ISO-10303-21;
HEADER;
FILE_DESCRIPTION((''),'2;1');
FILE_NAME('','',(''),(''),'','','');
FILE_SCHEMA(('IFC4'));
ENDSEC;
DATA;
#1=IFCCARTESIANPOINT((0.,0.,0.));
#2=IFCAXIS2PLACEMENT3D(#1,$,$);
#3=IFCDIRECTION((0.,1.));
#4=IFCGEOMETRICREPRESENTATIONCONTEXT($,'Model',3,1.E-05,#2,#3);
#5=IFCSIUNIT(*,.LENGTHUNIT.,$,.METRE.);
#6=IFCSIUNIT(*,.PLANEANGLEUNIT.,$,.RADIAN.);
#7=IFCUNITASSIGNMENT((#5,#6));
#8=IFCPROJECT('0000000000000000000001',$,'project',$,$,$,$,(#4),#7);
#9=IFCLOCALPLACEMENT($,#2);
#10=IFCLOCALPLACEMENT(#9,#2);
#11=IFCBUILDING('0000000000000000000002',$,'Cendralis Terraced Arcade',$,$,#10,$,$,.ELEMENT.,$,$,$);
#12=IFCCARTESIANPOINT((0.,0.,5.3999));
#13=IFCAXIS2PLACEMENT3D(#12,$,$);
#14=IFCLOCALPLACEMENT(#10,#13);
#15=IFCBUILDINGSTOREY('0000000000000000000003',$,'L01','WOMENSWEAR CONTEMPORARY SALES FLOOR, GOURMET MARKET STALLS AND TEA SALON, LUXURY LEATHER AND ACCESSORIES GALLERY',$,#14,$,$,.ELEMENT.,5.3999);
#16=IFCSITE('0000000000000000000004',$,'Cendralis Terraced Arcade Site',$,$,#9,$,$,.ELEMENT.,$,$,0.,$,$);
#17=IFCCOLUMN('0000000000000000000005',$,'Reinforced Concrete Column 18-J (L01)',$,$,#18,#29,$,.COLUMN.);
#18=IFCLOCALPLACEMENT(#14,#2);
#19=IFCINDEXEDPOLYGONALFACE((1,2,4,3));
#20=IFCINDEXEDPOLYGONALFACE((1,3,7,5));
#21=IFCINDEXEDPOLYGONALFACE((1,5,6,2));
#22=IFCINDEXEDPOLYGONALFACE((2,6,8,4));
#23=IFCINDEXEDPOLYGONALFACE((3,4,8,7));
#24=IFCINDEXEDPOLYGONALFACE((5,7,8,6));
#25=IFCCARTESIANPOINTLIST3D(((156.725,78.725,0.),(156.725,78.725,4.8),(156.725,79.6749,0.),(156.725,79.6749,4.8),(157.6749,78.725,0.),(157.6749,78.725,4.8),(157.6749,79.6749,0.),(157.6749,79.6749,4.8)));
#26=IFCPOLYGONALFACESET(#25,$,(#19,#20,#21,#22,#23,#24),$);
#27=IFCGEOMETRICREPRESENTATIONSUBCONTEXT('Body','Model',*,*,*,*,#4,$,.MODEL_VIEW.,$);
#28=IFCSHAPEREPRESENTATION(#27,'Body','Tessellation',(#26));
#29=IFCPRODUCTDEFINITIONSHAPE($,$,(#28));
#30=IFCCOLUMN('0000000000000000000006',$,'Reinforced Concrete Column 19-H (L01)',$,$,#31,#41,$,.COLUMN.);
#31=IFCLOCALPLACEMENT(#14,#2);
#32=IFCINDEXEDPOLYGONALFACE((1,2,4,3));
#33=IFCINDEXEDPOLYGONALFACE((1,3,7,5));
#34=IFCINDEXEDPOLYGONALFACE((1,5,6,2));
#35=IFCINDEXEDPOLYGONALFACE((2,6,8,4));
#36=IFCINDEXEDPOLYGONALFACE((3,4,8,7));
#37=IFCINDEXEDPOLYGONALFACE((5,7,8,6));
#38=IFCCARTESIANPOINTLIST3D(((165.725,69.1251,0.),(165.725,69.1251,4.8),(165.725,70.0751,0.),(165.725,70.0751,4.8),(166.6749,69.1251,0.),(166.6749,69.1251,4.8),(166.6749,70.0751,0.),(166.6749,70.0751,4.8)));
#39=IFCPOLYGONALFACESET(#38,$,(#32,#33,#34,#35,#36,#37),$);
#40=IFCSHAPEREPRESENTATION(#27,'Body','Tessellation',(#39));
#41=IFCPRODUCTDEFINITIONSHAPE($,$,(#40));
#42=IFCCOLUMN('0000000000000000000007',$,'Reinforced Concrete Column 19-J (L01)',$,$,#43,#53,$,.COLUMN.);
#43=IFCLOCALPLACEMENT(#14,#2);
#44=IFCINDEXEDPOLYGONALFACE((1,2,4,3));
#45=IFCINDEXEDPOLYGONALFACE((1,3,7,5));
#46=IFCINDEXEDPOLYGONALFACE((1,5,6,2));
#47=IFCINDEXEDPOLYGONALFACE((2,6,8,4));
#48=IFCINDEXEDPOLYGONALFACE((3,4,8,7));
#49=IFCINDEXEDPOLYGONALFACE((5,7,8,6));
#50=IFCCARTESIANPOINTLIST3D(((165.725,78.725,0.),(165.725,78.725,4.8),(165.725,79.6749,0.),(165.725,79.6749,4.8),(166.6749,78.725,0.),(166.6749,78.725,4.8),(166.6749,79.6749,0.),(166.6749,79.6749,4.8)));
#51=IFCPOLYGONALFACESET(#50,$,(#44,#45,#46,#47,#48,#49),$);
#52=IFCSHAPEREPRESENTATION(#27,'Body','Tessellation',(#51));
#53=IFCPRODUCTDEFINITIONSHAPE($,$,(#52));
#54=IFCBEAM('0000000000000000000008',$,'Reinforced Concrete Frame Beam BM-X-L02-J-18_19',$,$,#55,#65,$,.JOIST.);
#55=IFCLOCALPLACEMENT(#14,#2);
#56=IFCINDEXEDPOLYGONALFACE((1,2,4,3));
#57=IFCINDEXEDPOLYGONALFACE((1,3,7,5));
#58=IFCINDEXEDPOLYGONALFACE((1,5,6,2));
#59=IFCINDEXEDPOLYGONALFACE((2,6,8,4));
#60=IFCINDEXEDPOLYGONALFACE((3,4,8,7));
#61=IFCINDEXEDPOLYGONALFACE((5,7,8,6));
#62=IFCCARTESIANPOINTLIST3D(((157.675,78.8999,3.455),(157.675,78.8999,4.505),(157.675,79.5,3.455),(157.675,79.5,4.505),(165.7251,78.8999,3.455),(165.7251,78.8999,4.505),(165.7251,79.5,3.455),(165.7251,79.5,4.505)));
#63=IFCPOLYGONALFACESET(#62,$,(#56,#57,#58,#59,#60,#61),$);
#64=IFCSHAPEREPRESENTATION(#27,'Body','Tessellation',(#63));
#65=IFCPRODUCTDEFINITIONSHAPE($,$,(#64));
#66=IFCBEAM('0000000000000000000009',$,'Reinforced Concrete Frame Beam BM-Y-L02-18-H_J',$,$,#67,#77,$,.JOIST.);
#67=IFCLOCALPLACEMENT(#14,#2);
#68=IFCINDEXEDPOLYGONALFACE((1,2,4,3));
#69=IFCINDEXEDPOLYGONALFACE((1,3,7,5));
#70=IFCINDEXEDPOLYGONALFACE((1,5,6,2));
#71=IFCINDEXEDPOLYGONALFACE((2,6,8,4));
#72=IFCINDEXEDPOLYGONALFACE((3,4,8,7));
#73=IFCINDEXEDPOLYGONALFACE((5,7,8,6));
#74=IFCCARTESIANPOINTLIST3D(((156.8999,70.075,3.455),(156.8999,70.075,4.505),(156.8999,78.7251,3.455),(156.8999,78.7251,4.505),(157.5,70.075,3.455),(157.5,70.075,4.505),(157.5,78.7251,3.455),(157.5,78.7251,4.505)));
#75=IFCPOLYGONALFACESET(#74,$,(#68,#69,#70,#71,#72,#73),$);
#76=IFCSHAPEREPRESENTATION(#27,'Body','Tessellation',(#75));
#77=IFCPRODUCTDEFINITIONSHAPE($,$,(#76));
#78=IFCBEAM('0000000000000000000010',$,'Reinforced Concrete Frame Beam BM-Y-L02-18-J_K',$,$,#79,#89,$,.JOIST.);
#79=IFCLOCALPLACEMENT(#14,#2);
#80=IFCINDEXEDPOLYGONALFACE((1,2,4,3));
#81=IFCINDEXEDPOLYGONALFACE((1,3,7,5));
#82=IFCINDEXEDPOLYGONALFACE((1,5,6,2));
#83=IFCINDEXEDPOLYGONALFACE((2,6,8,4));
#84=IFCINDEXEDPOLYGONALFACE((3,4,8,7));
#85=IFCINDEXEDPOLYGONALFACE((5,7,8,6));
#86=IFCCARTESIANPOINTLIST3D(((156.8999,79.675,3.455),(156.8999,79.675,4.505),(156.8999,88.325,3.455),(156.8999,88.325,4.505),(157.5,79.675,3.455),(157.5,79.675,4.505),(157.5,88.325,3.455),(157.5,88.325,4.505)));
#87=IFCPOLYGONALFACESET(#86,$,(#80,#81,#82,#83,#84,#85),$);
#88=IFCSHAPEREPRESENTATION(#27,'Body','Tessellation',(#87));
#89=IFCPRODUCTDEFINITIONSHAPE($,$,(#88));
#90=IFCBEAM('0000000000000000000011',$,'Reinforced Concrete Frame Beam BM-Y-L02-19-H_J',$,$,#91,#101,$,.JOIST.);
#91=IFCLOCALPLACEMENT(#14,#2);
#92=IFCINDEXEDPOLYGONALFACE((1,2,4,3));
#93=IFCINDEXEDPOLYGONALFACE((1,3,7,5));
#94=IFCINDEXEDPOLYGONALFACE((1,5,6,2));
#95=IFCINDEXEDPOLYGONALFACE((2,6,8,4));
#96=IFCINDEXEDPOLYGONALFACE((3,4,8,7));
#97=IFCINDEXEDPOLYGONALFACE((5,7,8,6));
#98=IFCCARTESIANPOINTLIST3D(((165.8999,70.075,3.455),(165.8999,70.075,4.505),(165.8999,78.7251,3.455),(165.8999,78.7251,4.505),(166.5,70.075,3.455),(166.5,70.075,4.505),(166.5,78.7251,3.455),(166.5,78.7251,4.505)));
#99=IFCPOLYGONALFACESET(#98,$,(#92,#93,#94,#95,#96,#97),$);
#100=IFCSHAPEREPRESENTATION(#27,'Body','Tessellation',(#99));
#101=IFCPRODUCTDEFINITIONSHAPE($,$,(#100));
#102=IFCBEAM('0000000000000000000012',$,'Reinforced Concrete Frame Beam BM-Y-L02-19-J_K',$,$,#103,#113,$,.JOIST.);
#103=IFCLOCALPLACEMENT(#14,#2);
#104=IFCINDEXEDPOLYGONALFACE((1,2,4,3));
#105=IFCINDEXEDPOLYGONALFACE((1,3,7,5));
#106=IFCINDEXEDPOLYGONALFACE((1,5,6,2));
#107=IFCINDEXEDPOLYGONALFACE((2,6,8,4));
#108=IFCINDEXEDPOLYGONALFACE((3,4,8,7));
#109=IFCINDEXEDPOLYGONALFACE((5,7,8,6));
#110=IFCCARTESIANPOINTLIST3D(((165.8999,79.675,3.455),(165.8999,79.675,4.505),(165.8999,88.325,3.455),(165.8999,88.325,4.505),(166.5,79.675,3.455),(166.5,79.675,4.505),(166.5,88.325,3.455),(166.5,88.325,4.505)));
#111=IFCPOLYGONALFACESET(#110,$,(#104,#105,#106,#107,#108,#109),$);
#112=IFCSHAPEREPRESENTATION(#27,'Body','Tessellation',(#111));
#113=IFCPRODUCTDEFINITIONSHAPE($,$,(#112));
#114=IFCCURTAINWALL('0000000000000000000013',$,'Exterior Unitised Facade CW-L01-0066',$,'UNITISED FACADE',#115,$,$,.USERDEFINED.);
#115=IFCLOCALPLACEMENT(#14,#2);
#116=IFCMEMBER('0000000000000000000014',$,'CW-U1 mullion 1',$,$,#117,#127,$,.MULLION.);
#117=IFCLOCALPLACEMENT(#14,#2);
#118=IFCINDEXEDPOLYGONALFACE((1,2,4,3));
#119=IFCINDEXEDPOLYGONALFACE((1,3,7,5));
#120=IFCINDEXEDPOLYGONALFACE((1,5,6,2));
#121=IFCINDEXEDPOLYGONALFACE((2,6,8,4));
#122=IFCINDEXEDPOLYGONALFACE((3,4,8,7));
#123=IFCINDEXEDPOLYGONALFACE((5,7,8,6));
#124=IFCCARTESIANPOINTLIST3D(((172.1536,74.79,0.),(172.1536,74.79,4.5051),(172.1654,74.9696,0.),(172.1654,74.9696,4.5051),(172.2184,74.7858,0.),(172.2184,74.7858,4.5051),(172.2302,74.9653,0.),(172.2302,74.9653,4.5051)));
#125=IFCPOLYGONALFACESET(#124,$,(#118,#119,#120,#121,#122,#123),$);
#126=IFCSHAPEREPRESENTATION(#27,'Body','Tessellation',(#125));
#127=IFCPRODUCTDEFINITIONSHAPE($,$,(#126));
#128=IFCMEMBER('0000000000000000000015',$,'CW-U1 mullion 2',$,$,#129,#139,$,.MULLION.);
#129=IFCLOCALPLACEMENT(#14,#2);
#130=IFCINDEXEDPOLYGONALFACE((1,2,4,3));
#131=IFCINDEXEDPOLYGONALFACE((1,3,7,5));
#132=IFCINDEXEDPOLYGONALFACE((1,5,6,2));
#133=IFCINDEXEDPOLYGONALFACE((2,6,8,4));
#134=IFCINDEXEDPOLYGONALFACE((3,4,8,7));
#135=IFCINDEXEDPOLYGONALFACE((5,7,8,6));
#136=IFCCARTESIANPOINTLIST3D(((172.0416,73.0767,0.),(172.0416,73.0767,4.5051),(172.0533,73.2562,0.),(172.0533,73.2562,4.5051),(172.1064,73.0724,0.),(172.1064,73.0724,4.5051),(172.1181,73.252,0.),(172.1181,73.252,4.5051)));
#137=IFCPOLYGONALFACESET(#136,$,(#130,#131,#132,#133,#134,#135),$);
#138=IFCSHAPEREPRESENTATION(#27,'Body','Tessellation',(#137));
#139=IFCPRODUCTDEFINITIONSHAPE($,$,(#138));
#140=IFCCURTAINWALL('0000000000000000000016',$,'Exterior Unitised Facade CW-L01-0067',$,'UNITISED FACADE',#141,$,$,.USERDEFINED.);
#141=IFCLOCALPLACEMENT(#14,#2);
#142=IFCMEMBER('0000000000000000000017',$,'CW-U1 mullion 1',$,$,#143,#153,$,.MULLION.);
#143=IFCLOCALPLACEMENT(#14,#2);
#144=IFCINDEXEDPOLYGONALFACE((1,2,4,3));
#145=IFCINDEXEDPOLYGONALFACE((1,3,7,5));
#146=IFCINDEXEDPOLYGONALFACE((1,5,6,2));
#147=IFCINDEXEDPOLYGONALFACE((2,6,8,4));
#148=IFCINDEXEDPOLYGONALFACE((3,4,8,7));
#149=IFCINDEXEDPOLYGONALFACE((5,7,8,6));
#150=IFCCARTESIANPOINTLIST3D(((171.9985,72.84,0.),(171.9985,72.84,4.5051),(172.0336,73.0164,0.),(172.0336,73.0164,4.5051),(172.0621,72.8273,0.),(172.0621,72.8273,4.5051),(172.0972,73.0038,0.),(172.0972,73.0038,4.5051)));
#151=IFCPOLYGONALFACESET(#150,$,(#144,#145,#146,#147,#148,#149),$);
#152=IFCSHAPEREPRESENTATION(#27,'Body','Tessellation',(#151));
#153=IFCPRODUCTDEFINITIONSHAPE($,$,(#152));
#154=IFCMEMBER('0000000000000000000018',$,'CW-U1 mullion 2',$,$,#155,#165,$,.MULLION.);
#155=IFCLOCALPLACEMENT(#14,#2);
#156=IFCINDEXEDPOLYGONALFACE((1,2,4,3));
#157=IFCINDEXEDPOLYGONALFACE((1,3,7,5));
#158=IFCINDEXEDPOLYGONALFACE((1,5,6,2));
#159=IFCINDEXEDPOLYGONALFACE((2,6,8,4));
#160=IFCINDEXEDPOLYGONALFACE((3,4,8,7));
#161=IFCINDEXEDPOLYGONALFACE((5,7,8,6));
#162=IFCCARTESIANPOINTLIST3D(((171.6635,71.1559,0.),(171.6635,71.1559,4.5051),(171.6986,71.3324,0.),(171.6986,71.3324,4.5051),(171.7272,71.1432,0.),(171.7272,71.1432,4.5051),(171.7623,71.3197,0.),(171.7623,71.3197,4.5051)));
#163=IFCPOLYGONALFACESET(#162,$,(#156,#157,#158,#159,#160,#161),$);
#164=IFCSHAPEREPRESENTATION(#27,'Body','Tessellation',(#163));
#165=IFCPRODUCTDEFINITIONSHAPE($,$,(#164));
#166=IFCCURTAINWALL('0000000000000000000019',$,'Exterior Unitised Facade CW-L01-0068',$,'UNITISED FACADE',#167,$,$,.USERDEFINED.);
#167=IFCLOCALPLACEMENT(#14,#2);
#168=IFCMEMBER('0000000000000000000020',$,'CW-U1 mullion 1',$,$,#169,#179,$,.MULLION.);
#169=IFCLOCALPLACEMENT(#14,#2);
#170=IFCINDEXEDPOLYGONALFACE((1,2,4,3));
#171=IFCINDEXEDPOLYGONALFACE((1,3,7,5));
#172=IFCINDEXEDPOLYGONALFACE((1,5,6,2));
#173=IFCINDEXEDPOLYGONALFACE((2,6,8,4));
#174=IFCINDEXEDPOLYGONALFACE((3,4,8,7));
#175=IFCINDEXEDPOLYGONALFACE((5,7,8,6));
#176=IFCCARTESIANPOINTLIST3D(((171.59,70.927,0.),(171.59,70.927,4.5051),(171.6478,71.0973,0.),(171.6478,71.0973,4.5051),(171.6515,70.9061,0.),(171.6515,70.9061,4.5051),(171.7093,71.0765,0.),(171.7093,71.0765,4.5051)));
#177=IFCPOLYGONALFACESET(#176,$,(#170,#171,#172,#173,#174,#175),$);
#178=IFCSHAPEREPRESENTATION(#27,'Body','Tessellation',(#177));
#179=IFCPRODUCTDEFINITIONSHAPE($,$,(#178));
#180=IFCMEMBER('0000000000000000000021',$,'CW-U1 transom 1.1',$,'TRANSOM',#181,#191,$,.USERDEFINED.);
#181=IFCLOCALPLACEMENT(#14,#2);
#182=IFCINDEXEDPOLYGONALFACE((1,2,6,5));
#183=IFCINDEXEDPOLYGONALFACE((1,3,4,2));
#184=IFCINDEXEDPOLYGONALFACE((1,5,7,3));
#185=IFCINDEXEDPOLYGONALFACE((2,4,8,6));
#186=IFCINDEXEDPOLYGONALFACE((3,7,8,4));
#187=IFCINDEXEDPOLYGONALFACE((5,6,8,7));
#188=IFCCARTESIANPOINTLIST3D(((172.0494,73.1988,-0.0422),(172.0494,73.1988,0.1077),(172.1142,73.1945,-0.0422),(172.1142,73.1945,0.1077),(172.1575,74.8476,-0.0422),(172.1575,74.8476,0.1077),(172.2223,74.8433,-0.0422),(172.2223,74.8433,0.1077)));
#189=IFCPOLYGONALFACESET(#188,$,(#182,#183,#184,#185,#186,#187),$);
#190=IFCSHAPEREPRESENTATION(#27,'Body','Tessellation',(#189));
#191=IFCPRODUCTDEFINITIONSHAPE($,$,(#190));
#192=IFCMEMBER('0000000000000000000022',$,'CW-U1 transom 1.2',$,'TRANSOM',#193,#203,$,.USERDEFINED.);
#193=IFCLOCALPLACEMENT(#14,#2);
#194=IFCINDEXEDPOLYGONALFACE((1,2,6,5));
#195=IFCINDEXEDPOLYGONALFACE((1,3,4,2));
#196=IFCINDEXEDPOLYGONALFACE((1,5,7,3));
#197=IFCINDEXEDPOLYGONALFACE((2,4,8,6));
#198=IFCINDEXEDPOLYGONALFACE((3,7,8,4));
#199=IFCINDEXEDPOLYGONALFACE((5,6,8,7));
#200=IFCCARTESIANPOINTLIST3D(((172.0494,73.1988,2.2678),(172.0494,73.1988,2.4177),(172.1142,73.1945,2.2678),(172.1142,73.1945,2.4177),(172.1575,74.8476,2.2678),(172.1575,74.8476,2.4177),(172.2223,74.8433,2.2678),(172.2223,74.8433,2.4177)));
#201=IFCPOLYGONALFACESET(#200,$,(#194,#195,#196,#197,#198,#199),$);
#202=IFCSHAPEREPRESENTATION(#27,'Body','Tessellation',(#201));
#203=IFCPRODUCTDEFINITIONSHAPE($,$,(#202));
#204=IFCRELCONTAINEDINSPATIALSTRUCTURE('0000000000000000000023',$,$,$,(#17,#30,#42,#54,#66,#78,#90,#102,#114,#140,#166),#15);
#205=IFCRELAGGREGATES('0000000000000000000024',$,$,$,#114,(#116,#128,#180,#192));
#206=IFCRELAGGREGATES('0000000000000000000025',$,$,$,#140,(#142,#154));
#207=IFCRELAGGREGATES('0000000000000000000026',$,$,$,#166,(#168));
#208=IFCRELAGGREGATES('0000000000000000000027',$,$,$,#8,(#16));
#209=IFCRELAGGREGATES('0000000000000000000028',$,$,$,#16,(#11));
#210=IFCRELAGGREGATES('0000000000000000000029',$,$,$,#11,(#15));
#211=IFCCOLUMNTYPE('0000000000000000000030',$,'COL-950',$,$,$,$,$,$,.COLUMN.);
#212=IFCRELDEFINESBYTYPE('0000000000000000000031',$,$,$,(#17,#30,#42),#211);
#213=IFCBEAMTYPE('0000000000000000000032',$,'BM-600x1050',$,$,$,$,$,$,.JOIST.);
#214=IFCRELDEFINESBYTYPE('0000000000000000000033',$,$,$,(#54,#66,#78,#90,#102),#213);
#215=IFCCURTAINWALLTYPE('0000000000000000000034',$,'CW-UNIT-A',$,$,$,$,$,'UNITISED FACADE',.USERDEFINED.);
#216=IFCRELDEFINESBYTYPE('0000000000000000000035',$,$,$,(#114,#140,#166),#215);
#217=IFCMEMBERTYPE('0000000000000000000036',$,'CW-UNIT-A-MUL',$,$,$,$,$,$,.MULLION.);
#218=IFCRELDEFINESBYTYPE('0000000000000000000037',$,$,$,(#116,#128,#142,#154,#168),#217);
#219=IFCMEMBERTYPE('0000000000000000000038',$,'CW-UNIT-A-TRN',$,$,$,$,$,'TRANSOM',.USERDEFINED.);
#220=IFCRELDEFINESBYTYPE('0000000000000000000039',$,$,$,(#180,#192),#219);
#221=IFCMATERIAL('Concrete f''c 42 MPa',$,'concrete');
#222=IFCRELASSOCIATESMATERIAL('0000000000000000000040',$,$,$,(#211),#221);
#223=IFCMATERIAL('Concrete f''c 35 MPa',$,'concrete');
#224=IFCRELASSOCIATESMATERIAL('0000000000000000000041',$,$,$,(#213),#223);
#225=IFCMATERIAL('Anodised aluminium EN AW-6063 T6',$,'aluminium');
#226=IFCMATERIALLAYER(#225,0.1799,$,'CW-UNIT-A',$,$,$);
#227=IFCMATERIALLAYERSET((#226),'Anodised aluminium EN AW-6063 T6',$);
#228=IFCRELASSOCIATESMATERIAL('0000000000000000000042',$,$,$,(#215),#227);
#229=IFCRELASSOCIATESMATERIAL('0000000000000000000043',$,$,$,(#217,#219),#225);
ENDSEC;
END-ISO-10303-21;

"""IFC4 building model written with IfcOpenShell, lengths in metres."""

from ifc_helpers import new_model, si_unit, direction, frame, origin, origin_2d, place, context, subcontext, project, spatial, rectangle, extrude, material, layer, layer_set, material_profile, profile_set, type_object, element, aggregate, save


model = new_model("IFC4")

# Units and contexts
model_context = context("Model", 3, precision=1e-05, world=origin(), true_north=direction((0.0, 1.0)))
body_context = subcontext(model_context, "Body", "Model", "MODEL_VIEW")
ifc_project = project(units=[si_unit("LENGTHUNIT", "METRE"), si_unit("PLANEANGLEUNIT", "RADIAN")], contexts=[model_context])

# Site, building, storey
site_placement = place(None, origin())
site = spatial("IfcSite", under=ifc_project, at=site_placement, Name="Cendralis Terraced Arcade Site", CompositionType="ELEMENT", RefElevation=0.0)
building_placement = place(site_placement, origin())
building = spatial("IfcBuilding", under=site, at=building_placement, Name="Cendralis Terraced Arcade", CompositionType="ELEMENT")
storey_placement = place(building_placement, frame((0.0, 0.0, 5.3999)))
storey = spatial("IfcBuildingStorey", under=building, at=storey_placement, Name="L01", Description="WOMENSWEAR CONTEMPORARY SALES FLOOR, GOURMET MARKET STALLS AND TEA SALON, LUXURY LEATHER AND ACCESSORIES GALLERY", CompositionType="ELEMENT", Elevation=5.3999)

# Columns
ifc_material_1 = material(Name="Concrete f'c 42 MPa", Category="concrete")
ifc_material_profile_1 = material_profile(ifc_material_1, rectangle(XDim=0.95, YDim=0.95, at=origin_2d()), Name="RC-COL-950x950", Category="LoadBearing")
ifc_profile_set_1 = profile_set([ifc_material_profile_1], Name="Concrete f'c 42 MPa")
column_type = type_object("IfcColumnType", Name="COL-950", PredefinedType="COLUMN", material=ifc_profile_set_1)
for number, where, z_axis, x_axis, name in (
    (1, (157.2, 79.2, 0.0), (0.0, 0.0, 1.0), (1.0, 0.0, 0.0), "Reinforced Concrete Column 18-J (L01)"),
    (2, (166.2, 69.6001, 0.0), (0.0, 0.0, 1.0), (1.0, 0.0, 0.0), "Reinforced Concrete Column 19-H (L01)"),
    (3, (166.2, 79.2, 0.0), (0.0, 0.0, 1.0), (1.0, 0.0, 0.0), "Reinforced Concrete Column 19-J (L01)"),
):
    element("IfcColumn", number, at=place(storey_placement, frame(where, z_axis=z_axis, x_axis=x_axis)), inside=storey, type_object=column_type, Name=name, PredefinedType="COLUMN", context=body_context, shape_type="SweptSolid", body=[
        extrude(rectangle(XDim=0.95, YDim=0.95, at=origin_2d()), origin(), (0.0, 0.0, 1.0), 4.8),
    ])

# Beams
ifc_material_2 = material(Name="Concrete f'c 35 MPa", Category="concrete")
ifc_material_profile_2 = material_profile(ifc_material_2, rectangle(XDim=0.6001, YDim=1.05, at=origin_2d()), Name="RC-BM-600x1050", Category="LoadBearing")
ifc_profile_set_2 = profile_set([ifc_material_profile_2], Name="Concrete f'c 35 MPa")
beam_type = type_object("IfcBeamType", Name="BM-600x1050", PredefinedType="JOIST", material=ifc_profile_set_2)
beam_1_placement = place(storey_placement, frame((157.675, 79.2, 3.98), z_axis=(1.0, 0.0, 0.0), x_axis=(0.0, 1.0, 0.0)))
element("IfcBeam", 4, at=beam_1_placement, inside=storey, type_object=beam_type, Name="Reinforced Concrete Frame Beam BM-X-L02-J-18_19", PredefinedType="JOIST", context=body_context, shape_type="SweptSolid", body=[
    extrude(rectangle(XDim=0.6001, YDim=1.05, at=origin_2d()), origin(), (0.0, 0.0, 1.0), 8.05),
])
beam_2_placement = place(storey_placement, frame((157.2, 70.075, 3.98), z_axis=(0.0, 1.0, 0.0), x_axis=(-1.0, 0.0, 0.0)))
element("IfcBeam", 5, at=beam_2_placement, inside=storey, type_object=beam_type, Name="Reinforced Concrete Frame Beam BM-Y-L02-18-H_J", PredefinedType="JOIST", context=body_context, shape_type="SweptSolid", body=[
    extrude(rectangle(XDim=0.6001, YDim=1.05, at=origin_2d()), origin(), (0.0, 0.0, 1.0), 8.6501),
])
beam_3_placement = place(storey_placement, frame((157.2, 79.675, 3.98), z_axis=(0.0, 1.0, 0.0), x_axis=(-1.0, 0.0, 0.0)))
element("IfcBeam", 6, at=beam_3_placement, inside=storey, type_object=beam_type, Name="Reinforced Concrete Frame Beam BM-Y-L02-18-J_K", PredefinedType="JOIST", context=body_context, shape_type="SweptSolid", body=[
    extrude(rectangle(XDim=0.6001, YDim=1.05, at=origin_2d()), origin(), (0.0, 0.0, 1.0), 8.6499),
])
beam_4_placement = place(storey_placement, frame((166.2, 70.075, 3.98), z_axis=(0.0, 1.0, 0.0), x_axis=(-1.0, 0.0, 0.0)))
element("IfcBeam", 7, at=beam_4_placement, inside=storey, type_object=beam_type, Name="Reinforced Concrete Frame Beam BM-Y-L02-19-H_J", PredefinedType="JOIST", context=body_context, shape_type="SweptSolid", body=[
    extrude(rectangle(XDim=0.6001, YDim=1.05, at=origin_2d()), origin(), (0.0, 0.0, 1.0), 8.6501),
])
beam_5_placement = place(storey_placement, frame((166.2, 79.675, 3.98), z_axis=(0.0, 1.0, 0.0), x_axis=(-1.0, 0.0, 0.0)))
element("IfcBeam", 8, at=beam_5_placement, inside=storey, type_object=beam_type, Name="Reinforced Concrete Frame Beam BM-Y-L02-19-J_K", PredefinedType="JOIST", context=body_context, shape_type="SweptSolid", body=[
    extrude(rectangle(XDim=0.6001, YDim=1.05, at=origin_2d()), origin(), (0.0, 0.0, 1.0), 8.6499),
])

# Curtain walls, members
ifc_material_3 = material(Name="Anodised aluminium EN AW-6063 T6", Category="aluminium")
ifc_layer_1 = layer(ifc_material_3, 0.1799, Name="CW-UNIT-A")
ifc_layer_set_1 = layer_set([ifc_layer_1], Name="Anodised aluminium EN AW-6063 T6")
curtain_wall_type = type_object("IfcCurtainWallType", Name="CW-UNIT-A", ElementType="UNITISED FACADE", PredefinedType="USERDEFINED", material=ifc_layer_set_1)
curtain_wall_1_placement = place(storey_placement, origin())
curtain_wall_1 = element("IfcCurtainWall", 9, at=curtain_wall_1_placement, inside=storey, type_object=curtain_wall_type, Name="Exterior Unitised Facade CW-L01-0066", ObjectType="UNITISED FACADE", PredefinedType="USERDEFINED")
ifc_material_profile_3 = material_profile(ifc_material_3, rectangle(XDim=0.0649, YDim=0.1799, at=origin_2d()), Name="ALU-MUL-65x180")
ifc_profile_set_3 = profile_set([ifc_material_profile_3], Name="Anodised aluminium EN AW-6063 T6")
member_type_1 = type_object("IfcMemberType", Name="CW-UNIT-A-MUL", PredefinedType="MULLION", material=ifc_profile_set_3)
member_1_placement = place(storey_placement, frame((172.1919, 74.8777, 0.0), z_axis=(0.0, 0.0, 1.0), x_axis=(0.997861, -0.065372, 0.0)))
member_1 = element("IfcMember", 10, at=member_1_placement, type_object=member_type_1, Name="CW-U1 mullion 1", PredefinedType="MULLION", context=body_context, shape_type="SweptSolid", body=[
    extrude(rectangle(XDim=0.0649, YDim=0.1799, at=origin_2d()), origin(), (0.0, 0.0, 1.0), 4.5051),
])
member_2_placement = place(storey_placement, frame((172.0798, 73.1643, 0.0), z_axis=(0.0, 0.0, 1.0), x_axis=(0.997861, -0.065372, 0.0)))
member_2 = element("IfcMember", 11, at=member_2_placement, type_object=member_type_1, Name="CW-U1 mullion 2", PredefinedType="MULLION", context=body_context, shape_type="SweptSolid", body=[
    extrude(rectangle(XDim=0.0649, YDim=0.1799, at=origin_2d()), origin(), (0.0, 0.0, 1.0), 4.5051),
])
curtain_wall_2_placement = place(storey_placement, origin())
curtain_wall_2 = element("IfcCurtainWall", 12, at=curtain_wall_2_placement, inside=storey, type_object=curtain_wall_type, Name="Exterior Unitised Facade CW-L01-0067", ObjectType="UNITISED FACADE", PredefinedType="USERDEFINED")
member_3_placement = place(storey_placement, frame((172.0479, 72.9219, 0.0), z_axis=(0.0, 0.0, 1.0), x_axis=(0.980792, -0.195058, 0.0)))
member_3 = element("IfcMember", 13, at=member_3_placement, type_object=member_type_1, Name="CW-U1 mullion 1", PredefinedType="MULLION", context=body_context, shape_type="SweptSolid", body=[
    extrude(rectangle(XDim=0.0649, YDim=0.1799, at=origin_2d()), origin(), (0.0, 0.0, 1.0), 4.5051),
])
member_4_placement = place(storey_placement, frame((171.7129, 71.2378, 0.0), z_axis=(0.0, 0.0, 1.0), x_axis=(0.980792, -0.195058, 0.0)))
member_4 = element("IfcMember", 14, at=member_4_placement, type_object=member_type_1, Name="CW-U1 mullion 2", PredefinedType="MULLION", context=body_context, shape_type="SweptSolid", body=[
    extrude(rectangle(XDim=0.0649, YDim=0.1799, at=origin_2d()), origin(), (0.0, 0.0, 1.0), 4.5051),
])

# Curtain wall, member
curtain_wall_3_placement = place(storey_placement, origin())
curtain_wall_3 = element("IfcCurtainWall", 15, at=curtain_wall_3_placement, inside=storey, type_object=curtain_wall_type, Name="Exterior Unitised Facade CW-L01-0068", ObjectType="UNITISED FACADE", PredefinedType="USERDEFINED")
member_5_placement = place(storey_placement, frame((171.6497, 71.0017, 0.0), z_axis=(0.0, 0.0, 1.0), x_axis=(0.946924, -0.321458, 0.0)))
member_5 = element("IfcMember", 16, at=member_5_placement, type_object=member_type_1, Name="CW-U1 mullion 1", PredefinedType="MULLION", context=body_context, shape_type="SweptSolid", body=[
    extrude(rectangle(XDim=0.0649, YDim=0.1799, at=origin_2d()), origin(), (0.0, 0.0, 1.0), 4.5051),
])

# Members
ifc_material_profile_4 = material_profile(ifc_material_3, rectangle(XDim=0.0649, YDim=0.1499, at=origin_2d()), Name="ALU-TRN-65x150")
ifc_profile_set_4 = profile_set([ifc_material_profile_4], Name="Anodised aluminium EN AW-6063 T6")
member_type_2 = type_object("IfcMemberType", Name="CW-UNIT-A-TRN", ElementType="TRANSOM", PredefinedType="USERDEFINED", material=ifc_profile_set_4)
member_6_placement = place(storey_placement, frame((172.1899, 74.8455, 0.0327), z_axis=(-0.06546, -0.997855, 0.0), x_axis=(0.997855, -0.06546, 0.0)))
member_6 = element("IfcMember", 17, at=member_6_placement, type_object=member_type_2, Name="CW-U1 transom 1.1", ObjectType="TRANSOM", PredefinedType="USERDEFINED", context=body_context, shape_type="SweptSolid", body=[
    extrude(rectangle(XDim=0.0649, YDim=0.1499, at=origin_2d()), origin(), (0.0, 0.0, 1.0), 1.6523),
])
member_7_placement = place(storey_placement, frame((172.1899, 74.8455, 2.3428), z_axis=(-0.06546, -0.997855, 0.0), x_axis=(0.997855, -0.06546, 0.0)))
member_7 = element("IfcMember", 18, at=member_7_placement, type_object=member_type_2, Name="CW-U1 transom 1.2", ObjectType="TRANSOM", PredefinedType="USERDEFINED", context=body_context, shape_type="SweptSolid", body=[
    extrude(rectangle(XDim=0.0649, YDim=0.1499, at=origin_2d()), origin(), (0.0, 0.0, 1.0), 1.6523),
])

aggregate(curtain_wall_1, [member_1, member_2, member_6, member_7])
aggregate(curtain_wall_2, [member_3, member_4])
aggregate(curtain_wall_3, [member_5])

save(model, "model.ifc")
